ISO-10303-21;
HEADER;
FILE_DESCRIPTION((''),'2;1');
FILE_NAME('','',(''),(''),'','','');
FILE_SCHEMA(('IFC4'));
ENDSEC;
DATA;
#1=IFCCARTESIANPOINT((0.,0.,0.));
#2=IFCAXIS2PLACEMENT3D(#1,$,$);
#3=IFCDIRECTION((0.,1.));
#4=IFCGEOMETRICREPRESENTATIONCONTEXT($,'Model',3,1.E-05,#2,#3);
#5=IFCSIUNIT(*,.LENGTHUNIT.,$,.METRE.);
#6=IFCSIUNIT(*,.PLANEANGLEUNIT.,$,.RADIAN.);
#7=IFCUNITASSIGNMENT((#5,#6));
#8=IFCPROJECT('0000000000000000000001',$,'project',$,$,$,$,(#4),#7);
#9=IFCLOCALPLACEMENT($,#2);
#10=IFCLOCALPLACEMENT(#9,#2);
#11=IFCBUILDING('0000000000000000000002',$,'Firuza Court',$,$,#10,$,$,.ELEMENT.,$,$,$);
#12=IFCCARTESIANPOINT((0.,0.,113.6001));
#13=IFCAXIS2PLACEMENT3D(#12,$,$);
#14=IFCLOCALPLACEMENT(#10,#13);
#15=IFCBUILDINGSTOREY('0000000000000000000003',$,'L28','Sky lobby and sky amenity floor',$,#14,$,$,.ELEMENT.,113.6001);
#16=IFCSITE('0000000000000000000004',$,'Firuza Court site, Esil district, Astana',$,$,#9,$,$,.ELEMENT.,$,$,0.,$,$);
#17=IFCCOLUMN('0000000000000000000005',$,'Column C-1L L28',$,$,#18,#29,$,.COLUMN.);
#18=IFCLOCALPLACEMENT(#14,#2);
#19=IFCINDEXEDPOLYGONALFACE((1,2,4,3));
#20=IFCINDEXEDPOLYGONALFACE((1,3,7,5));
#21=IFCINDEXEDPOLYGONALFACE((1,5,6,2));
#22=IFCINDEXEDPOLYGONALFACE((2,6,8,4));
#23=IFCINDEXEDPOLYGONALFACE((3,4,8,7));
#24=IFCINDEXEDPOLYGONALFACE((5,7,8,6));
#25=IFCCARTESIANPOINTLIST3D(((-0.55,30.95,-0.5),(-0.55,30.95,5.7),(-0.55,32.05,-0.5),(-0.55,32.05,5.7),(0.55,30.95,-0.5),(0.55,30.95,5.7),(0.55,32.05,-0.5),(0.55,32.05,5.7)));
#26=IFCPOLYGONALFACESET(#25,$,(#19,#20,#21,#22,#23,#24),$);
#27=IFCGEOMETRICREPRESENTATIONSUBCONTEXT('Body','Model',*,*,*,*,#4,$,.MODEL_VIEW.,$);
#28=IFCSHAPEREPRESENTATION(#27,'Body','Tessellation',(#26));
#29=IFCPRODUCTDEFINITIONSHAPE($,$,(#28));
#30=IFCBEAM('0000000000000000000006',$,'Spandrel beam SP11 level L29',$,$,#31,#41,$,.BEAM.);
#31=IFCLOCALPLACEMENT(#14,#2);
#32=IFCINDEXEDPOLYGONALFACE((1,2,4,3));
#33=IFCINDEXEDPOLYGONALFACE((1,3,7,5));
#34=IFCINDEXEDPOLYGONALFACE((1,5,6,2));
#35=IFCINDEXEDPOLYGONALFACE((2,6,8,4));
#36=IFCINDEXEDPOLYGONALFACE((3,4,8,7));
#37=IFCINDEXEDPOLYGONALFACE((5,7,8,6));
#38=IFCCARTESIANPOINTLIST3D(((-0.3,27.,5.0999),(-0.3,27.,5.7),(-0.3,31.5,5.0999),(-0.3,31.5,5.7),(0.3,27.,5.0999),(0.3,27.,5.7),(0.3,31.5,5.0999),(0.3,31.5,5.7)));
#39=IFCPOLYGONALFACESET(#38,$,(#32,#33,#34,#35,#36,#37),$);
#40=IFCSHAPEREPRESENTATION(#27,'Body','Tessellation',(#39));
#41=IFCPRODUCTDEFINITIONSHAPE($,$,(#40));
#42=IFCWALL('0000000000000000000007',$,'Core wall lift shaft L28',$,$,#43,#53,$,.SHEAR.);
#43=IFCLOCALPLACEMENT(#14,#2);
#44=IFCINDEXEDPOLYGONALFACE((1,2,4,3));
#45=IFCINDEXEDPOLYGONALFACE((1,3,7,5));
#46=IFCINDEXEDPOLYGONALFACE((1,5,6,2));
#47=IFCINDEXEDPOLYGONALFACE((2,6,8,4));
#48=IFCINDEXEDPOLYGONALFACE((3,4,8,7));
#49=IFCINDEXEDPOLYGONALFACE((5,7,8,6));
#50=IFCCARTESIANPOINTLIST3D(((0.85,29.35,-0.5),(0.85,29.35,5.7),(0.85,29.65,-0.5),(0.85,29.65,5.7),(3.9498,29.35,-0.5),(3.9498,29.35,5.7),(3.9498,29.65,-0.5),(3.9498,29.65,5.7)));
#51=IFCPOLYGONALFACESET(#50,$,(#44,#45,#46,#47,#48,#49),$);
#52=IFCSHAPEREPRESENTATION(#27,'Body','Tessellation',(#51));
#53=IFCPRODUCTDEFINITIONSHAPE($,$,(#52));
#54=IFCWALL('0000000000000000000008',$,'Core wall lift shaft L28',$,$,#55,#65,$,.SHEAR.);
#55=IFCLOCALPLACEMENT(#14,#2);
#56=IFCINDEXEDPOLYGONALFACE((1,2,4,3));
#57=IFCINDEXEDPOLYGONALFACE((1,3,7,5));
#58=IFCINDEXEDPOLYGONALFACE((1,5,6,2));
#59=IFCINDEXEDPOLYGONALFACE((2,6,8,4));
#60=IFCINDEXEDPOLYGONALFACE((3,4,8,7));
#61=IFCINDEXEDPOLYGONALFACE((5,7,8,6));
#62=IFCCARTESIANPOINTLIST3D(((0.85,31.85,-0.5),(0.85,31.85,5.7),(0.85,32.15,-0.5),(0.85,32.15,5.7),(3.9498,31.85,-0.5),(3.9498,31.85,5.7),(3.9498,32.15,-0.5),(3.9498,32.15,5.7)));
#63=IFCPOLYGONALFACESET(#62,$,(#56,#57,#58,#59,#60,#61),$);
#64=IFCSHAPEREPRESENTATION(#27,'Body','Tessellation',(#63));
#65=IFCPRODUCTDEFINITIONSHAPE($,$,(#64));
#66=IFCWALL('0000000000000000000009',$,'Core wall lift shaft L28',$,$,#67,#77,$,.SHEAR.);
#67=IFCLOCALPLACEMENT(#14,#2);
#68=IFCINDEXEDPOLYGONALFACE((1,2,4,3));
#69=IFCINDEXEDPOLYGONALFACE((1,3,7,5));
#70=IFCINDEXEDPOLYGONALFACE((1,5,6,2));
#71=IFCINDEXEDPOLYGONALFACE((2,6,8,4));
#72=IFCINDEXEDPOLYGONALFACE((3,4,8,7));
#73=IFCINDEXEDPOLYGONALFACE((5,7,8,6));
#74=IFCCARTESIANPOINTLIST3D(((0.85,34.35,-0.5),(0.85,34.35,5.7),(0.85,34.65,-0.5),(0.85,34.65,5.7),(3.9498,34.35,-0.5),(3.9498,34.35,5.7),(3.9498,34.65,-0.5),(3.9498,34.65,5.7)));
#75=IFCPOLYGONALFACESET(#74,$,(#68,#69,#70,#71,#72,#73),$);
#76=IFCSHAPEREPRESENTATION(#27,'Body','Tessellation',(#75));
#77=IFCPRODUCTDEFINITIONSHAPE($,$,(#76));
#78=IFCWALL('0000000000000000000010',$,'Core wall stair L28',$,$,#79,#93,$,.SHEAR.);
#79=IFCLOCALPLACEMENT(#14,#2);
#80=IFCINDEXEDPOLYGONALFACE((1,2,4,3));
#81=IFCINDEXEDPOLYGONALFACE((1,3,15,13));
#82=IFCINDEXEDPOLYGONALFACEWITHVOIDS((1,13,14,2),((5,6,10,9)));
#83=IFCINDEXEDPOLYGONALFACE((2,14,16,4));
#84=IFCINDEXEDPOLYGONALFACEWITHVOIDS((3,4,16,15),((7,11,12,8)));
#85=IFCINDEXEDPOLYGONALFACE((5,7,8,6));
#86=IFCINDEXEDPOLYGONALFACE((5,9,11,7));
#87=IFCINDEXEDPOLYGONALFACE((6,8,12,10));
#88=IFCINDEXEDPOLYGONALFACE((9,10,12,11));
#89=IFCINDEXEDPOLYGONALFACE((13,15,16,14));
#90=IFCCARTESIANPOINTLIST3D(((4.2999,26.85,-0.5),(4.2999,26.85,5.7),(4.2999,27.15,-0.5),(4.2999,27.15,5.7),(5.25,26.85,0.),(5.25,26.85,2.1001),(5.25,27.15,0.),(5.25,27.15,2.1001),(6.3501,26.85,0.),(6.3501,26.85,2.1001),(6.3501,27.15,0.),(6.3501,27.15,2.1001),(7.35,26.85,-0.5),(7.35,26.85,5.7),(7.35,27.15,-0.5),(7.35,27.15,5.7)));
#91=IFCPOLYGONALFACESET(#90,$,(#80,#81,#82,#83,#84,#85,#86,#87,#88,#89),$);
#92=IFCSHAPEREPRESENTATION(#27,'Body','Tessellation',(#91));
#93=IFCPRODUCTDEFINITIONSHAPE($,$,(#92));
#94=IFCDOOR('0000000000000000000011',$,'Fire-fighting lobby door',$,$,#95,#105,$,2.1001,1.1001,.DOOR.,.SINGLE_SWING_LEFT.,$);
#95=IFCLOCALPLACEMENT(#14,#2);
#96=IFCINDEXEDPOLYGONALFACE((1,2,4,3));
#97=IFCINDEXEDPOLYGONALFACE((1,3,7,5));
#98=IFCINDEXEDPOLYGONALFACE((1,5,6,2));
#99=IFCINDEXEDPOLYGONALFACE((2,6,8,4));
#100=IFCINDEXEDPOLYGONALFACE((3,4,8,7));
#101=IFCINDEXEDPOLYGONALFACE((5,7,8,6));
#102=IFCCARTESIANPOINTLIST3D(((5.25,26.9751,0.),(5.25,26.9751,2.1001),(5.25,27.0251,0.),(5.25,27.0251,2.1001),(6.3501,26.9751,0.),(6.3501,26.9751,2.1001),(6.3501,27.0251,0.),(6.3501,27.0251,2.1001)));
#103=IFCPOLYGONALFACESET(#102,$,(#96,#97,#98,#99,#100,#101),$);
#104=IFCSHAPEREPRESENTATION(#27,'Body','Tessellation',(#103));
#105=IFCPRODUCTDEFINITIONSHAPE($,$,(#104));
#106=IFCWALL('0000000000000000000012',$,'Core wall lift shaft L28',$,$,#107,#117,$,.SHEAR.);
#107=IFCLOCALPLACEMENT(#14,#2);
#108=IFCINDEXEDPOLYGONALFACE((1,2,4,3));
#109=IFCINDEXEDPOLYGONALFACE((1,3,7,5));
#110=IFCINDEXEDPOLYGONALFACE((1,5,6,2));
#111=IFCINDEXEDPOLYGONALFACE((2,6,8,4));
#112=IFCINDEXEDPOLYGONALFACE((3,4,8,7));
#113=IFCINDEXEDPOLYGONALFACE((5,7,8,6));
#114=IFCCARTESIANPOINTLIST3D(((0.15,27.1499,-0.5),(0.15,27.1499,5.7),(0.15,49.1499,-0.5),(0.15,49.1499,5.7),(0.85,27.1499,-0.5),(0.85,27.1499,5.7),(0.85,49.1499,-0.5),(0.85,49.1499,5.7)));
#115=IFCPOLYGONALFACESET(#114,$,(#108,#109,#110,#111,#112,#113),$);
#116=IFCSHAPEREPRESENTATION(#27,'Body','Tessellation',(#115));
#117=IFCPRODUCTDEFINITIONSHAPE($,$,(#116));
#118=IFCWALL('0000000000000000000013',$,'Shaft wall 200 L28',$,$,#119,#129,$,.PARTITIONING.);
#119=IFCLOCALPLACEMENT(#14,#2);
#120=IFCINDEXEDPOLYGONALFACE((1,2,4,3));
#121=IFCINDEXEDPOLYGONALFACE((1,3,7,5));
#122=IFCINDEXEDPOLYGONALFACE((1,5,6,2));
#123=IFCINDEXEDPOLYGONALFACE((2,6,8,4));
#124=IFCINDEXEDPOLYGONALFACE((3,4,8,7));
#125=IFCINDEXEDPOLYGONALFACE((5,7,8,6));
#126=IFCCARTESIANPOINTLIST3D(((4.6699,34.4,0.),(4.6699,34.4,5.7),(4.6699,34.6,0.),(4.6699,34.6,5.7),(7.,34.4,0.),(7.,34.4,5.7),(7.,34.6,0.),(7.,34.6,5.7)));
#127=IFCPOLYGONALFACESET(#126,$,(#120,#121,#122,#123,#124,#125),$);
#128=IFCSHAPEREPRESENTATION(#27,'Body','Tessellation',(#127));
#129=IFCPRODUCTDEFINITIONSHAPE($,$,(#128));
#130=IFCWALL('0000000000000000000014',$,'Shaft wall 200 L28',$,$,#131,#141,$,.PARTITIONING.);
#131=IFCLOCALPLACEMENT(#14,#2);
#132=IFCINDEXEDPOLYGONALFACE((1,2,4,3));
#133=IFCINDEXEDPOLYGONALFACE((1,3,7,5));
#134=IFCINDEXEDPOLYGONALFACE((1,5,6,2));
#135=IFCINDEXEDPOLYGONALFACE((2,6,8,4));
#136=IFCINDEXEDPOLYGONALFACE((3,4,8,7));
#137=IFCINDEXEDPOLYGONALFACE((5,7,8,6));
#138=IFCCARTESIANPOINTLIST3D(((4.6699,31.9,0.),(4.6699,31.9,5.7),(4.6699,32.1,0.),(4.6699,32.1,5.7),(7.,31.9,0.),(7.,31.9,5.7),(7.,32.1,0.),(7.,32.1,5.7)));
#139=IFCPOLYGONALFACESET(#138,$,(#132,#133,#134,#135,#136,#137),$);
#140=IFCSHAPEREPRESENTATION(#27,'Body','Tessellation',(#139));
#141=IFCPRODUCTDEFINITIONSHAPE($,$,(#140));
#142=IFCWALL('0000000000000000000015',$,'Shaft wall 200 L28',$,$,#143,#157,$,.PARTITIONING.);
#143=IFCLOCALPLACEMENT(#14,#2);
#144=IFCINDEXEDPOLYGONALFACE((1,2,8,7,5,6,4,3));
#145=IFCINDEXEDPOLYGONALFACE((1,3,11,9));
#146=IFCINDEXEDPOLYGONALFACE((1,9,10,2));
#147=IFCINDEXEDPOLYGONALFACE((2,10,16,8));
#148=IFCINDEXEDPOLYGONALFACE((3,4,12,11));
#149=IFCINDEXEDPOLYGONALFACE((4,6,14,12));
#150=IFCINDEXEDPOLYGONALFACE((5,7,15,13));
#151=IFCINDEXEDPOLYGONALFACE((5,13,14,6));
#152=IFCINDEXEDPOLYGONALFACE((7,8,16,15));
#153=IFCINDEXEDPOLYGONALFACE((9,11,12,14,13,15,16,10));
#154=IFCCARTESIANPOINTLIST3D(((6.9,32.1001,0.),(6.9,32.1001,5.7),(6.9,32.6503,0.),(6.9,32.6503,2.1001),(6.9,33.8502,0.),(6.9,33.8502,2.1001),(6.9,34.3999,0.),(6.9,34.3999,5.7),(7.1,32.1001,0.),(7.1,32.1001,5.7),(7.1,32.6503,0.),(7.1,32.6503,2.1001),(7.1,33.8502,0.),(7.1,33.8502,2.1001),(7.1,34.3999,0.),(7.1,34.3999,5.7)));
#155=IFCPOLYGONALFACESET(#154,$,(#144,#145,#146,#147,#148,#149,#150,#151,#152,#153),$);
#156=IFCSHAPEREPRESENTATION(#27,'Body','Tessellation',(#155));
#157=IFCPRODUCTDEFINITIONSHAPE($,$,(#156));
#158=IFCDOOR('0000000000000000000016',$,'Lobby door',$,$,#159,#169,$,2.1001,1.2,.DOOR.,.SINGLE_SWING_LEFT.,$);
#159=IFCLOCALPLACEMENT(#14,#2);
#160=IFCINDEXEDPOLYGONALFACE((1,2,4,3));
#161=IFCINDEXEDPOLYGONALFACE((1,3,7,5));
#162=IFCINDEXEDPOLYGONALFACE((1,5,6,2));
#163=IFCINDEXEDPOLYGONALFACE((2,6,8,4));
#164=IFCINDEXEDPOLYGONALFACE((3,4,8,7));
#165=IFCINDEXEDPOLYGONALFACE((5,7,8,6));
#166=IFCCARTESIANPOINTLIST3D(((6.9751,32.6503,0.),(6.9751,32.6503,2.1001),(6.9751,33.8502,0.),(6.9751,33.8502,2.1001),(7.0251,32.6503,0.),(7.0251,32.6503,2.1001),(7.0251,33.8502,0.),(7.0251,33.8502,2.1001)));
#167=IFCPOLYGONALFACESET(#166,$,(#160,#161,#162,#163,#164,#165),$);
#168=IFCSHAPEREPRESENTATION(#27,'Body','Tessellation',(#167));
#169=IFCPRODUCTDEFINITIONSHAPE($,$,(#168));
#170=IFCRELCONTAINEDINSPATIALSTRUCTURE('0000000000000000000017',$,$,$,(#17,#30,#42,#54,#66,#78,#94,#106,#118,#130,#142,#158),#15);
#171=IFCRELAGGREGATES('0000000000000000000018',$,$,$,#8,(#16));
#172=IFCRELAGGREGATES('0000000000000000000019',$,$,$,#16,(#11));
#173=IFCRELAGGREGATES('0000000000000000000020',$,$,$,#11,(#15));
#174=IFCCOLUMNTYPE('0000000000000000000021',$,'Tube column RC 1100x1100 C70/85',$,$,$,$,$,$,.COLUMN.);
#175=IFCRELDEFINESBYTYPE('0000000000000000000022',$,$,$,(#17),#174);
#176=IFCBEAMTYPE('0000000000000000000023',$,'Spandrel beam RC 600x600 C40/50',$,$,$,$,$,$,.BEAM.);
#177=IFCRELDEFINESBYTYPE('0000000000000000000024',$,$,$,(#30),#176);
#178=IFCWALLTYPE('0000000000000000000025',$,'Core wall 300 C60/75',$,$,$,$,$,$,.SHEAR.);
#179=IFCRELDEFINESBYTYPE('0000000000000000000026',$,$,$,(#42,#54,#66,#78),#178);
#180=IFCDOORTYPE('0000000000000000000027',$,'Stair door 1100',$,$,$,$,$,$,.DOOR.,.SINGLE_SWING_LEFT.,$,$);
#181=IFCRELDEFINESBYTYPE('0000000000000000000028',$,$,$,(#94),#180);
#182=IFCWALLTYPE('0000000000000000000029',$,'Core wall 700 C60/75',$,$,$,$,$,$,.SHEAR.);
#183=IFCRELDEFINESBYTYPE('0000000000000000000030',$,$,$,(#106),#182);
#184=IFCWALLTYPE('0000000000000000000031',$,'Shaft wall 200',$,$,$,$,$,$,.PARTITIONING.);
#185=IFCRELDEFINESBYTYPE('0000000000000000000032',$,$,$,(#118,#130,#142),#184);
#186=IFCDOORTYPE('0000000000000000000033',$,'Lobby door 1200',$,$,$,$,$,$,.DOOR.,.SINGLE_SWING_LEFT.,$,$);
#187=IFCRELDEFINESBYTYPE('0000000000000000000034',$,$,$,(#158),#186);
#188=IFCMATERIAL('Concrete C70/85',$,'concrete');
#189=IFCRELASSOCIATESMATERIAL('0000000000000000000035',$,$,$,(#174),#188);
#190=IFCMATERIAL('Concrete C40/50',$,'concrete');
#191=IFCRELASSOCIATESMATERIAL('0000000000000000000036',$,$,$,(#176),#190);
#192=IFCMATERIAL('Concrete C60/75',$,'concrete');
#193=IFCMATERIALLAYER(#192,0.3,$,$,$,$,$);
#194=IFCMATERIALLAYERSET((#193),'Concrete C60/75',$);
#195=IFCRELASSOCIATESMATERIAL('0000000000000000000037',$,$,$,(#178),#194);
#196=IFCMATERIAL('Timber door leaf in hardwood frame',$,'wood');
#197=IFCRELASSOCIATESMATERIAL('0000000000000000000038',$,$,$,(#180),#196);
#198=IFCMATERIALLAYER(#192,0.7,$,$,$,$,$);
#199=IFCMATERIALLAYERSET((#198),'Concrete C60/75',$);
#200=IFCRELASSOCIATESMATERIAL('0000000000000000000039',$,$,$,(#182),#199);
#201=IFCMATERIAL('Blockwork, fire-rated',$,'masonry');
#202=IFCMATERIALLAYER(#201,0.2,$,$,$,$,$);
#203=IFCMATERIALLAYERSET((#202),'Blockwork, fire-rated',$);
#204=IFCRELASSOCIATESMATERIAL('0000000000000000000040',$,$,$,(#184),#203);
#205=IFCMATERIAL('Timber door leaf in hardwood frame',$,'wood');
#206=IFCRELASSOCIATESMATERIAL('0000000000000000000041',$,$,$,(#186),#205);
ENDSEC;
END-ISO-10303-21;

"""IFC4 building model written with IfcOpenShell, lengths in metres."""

from ifc_helpers import new_model, si_unit, direction, frame, frame_2d, origin, origin_2d, place, context, subcontext, project, spatial, rectangle, extrude, material, layer, layer_set, material_profile, profile_set, type_object, element, fill, save


model = new_model("IFC4")

# Units and contexts
model_context = context("Model", 3, precision=1e-05, world=origin(), true_north=direction((0.0, 1.0)))
body_context = subcontext(model_context, "Body", "Model", "MODEL_VIEW")
ifc_project = project(units=[si_unit("LENGTHUNIT", "METRE"), si_unit("PLANEANGLEUNIT", "RADIAN")], contexts=[model_context])

# Site, building, storey
site_placement = place(None, origin())
site = spatial("IfcSite", under=ifc_project, at=site_placement, Name="Firuza Court site, Esil district, Astana", CompositionType="ELEMENT", RefElevation=0.0)
building_placement = place(site_placement, origin())
building = spatial("IfcBuilding", under=site, at=building_placement, Name="Firuza Court", CompositionType="ELEMENT")
storey_placement = place(building_placement, frame((0.0, 0.0, 113.6001)))
storey = spatial("IfcBuildingStorey", under=building, at=storey_placement, Name="L28", Description="Sky lobby and sky amenity floor", CompositionType="ELEMENT", Elevation=113.6001)

# Column
ifc_material_1 = material(Name="Concrete C70/85", Category="concrete")
ifc_material_profile_1 = material_profile(ifc_material_1, rectangle(XDim=1.1001, YDim=1.1001, at=origin_2d()), Name="RC 1100x1100")
ifc_profile_set_1 = profile_set([ifc_material_profile_1], Name="Concrete C70/85")
column_type = type_object("IfcColumnType", Name="Tube column RC 1100x1100 C70/85", PredefinedType="COLUMN", material=ifc_profile_set_1)
column_placement = place(storey_placement, frame((0.0, 31.5, -0.5), z_axis=(0.0, 0.0, 1.0), x_axis=(1.0, 0.0, 0.0)))
element("IfcColumn", 1, at=column_placement, inside=storey, type_object=column_type, Name="Column C-1L L28", PredefinedType="COLUMN", context=body_context, shape_type="SweptSolid", body=[
    extrude(rectangle(XDim=1.1001, YDim=1.1001, at=origin_2d()), origin(), (0.0, 0.0, 1.0), 6.2),
])

# Beam
ifc_material_2 = material(Name="Concrete C40/50", Category="concrete")
ifc_material_profile_2 = material_profile(ifc_material_2, rectangle(XDim=0.6001, YDim=0.6001, at=origin_2d()), Name="RC 600x600")
ifc_profile_set_2 = profile_set([ifc_material_profile_2], Name="Concrete C40/50")
beam_type = type_object("IfcBeamType", Name="Spandrel beam RC 600x600 C40/50", PredefinedType="BEAM", material=ifc_profile_set_2)
beam_placement = place(storey_placement, frame((0.0, 31.5, 5.3999), z_axis=(0.0, -1.0, 0.0), x_axis=(1.0, 0.0, 0.0)))
element("IfcBeam", 2, at=beam_placement, inside=storey, type_object=beam_type, Name="Spandrel beam SP11 level L29", PredefinedType="BEAM", context=body_context, shape_type="SweptSolid", body=[
    extrude(rectangle(XDim=0.6001, YDim=0.6001, at=origin_2d()), origin(), (0.0, 0.0, 1.0), 4.5),
])

# Walls
ifc_material_3 = material(Name="Concrete C60/75", Category="concrete")
ifc_layer_1 = layer(ifc_material_3, 0.3)
ifc_layer_set_1 = layer_set([ifc_layer_1], Name="Concrete C60/75")
wall_type_1 = type_object("IfcWallType", Name="Core wall 300 C60/75", PredefinedType="SHEAR", material=ifc_layer_set_1)
for number, where, z_axis, x_axis, name in (
    (3, (0.8501, 29.5, -0.5), (0.0, 0.0, 1.0), (1.0, 0.0, 0.0), "Core wall lift shaft L28"),
    (4, (0.8501, 32.0, -0.5), (0.0, 0.0, 1.0), (1.0, 0.0, 0.0), "Core wall lift shaft L28"),
    (5, (0.8501, 34.5, -0.5), (0.0, 0.0, 1.0), (1.0, 0.0, 0.0), "Core wall lift shaft L28"),
):
    element("IfcWall", number, at=place(storey_placement, frame(where, z_axis=z_axis, x_axis=x_axis)), inside=storey, type_object=wall_type_1, Name=name, PredefinedType="SHEAR", context=body_context, shape_type="SweptSolid", body=[
        extrude(rectangle(XDim=3.0999, YDim=0.3, at=frame_2d((1.5498, 0.0))), origin(), (0.0, 0.0, 1.0), 6.2),
    ])

# Wall, opening, door
wall_1_placement = place(storey_placement, frame((4.3, 27.0, -0.5), z_axis=(0.0, 0.0, 1.0), x_axis=(1.0, 0.0, 0.0)))
wall_1 = element("IfcWall", 6, at=wall_1_placement, inside=storey, type_object=wall_type_1, Name="Core wall stair L28", PredefinedType="SHEAR", context=body_context, shape_type="SweptSolid", body=[
    extrude(rectangle(XDim=3.05, YDim=0.3, at=frame_2d((1.5249, 0.0))), origin(), (0.0, 0.0, 1.0), 6.2),
])
opening_1_placement = place(wall_1_placement, frame((0.95, 0.0, 0.5)))
opening_1 = element("IfcOpeningElement", 7, at=opening_1_placement, cuts=wall_1, PredefinedType="OPENING", context=body_context, shape_type="SweptSolid", body=[
    extrude(rectangle(XDim=1.1001, YDim=2.1001, at=frame_2d((0.55, 1.05))), frame((0.0, 0.1621, 0.0), z_axis=(0.0, -1.0, 0.0), x_axis=(1.0, 0.0, 0.0)), (0.0, 0.0, 1.0), 0.324),
])
ifc_material_4 = material(Name="Timber door leaf in hardwood frame", Category="wood")
door_type_1 = type_object("IfcDoorType", Name="Stair door 1100", OperationType="SINGLE_SWING_LEFT", PredefinedType="DOOR", material=ifc_material_4)
door_1_placement = place(opening_1_placement, frame((1.1001, 0.0, 0.0), z_axis=(0.0, 0.0, 1.0), x_axis=(-1.0, 0.0, 0.0)))
door_1 = element("IfcDoor", 8, at=door_1_placement, inside=storey, type_object=door_type_1, Name="Fire-fighting lobby door", OperationType="SINGLE_SWING_LEFT", OverallHeight=2.1001, OverallWidth=1.1001, PredefinedType="DOOR", context=body_context, shape_type="SweptSolid", body=[
    extrude(rectangle(XDim=1.1001, YDim=2.1001, at=frame_2d((0.55, 1.05))), frame((0.0, 0.0249, 0.0), z_axis=(0.0, -1.0, 0.0), x_axis=(1.0, 0.0, 0.0)), (0.0, 0.0, 1.0), 0.05),
])
fill(opening_1, door_1)

# Wall
ifc_layer_2 = layer(ifc_material_3, 0.7)
ifc_layer_set_2 = layer_set([ifc_layer_2], Name="Concrete C60/75")
wall_type_2 = type_object("IfcWallType", Name="Core wall 700 C60/75", PredefinedType="SHEAR", material=ifc_layer_set_2)
wall_2_placement = place(storey_placement, frame((0.5, 27.1499, -0.5), z_axis=(0.0, 0.0, 1.0), x_axis=(0.0, 1.0, 0.0)))
element("IfcWall", 9, at=wall_2_placement, inside=storey, type_object=wall_type_2, Name="Core wall lift shaft L28", PredefinedType="SHEAR", context=body_context, shape_type="SweptSolid", body=[
    extrude(rectangle(XDim=22.0, YDim=0.7, at=frame_2d((11.0, 0.0))), origin(), (0.0, 0.0, 1.0), 6.2),
])

# Walls
ifc_material_5 = material(Name="Blockwork, fire-rated", Category="masonry")
ifc_layer_3 = layer(ifc_material_5, 0.2)
ifc_layer_set_3 = layer_set([ifc_layer_3], Name="Blockwork, fire-rated")
wall_type_3 = type_object("IfcWallType", Name="Shaft wall 200", PredefinedType="PARTITIONING", material=ifc_layer_set_3)
for number, where, z_axis, x_axis, name in (
    (10, (4.6699, 34.5, 0.0), (0.0, 0.0, 1.0), (1.0, 0.0, 0.0), "Shaft wall 200 L28"),
    (11, (4.6699, 32.0, 0.0), (0.0, 0.0, 1.0), (1.0, 0.0, 0.0), "Shaft wall 200 L28"),
):
    element("IfcWall", number, at=place(storey_placement, frame(where, z_axis=z_axis, x_axis=x_axis)), inside=storey, type_object=wall_type_3, Name=name, PredefinedType="PARTITIONING", context=body_context, shape_type="SweptSolid", body=[
        extrude(rectangle(XDim=2.3301, YDim=0.2, at=frame_2d((1.165, 0.0))), origin(), (0.0, 0.0, 1.0), 5.7),
    ])

# Wall, opening, door
wall_3_placement = place(storey_placement, frame((7.0, 32.1001, 0.0), z_axis=(0.0, 0.0, 1.0), x_axis=(0.0, 1.0, 0.0)))
wall_3 = element("IfcWall", 12, at=wall_3_placement, inside=storey, type_object=wall_type_3, Name="Shaft wall 200 L28", PredefinedType="PARTITIONING", context=body_context, shape_type="SweptSolid", body=[
    extrude(rectangle(XDim=2.2998, YDim=0.2, at=frame_2d((1.1499, 0.0))), origin(), (0.0, 0.0, 1.0), 5.7),
])
opening_2_placement = place(wall_3_placement, frame((0.55, 0.0, 0.0)))
opening_2 = element("IfcOpeningElement", 13, at=opening_2_placement, cuts=wall_3, PredefinedType="OPENING", context=body_context, shape_type="SweptSolid", body=[
    extrude(rectangle(XDim=1.2, YDim=2.1001, at=frame_2d((0.6001, 1.05))), frame((0.0, 0.1118, 0.0), z_axis=(0.0, -1.0, 0.0), x_axis=(1.0, 0.0, 0.0)), (0.0, 0.0, 1.0), 0.2239),
])
ifc_material_6 = material(Name="Timber door leaf in hardwood frame", Category="wood")
door_type_2 = type_object("IfcDoorType", Name="Lobby door 1200", OperationType="SINGLE_SWING_LEFT", PredefinedType="DOOR", material=ifc_material_6)
door_2_placement = place(opening_2_placement, origin())
door_2 = element("IfcDoor", 14, at=door_2_placement, inside=storey, type_object=door_type_2, Name="Lobby door", OperationType="SINGLE_SWING_LEFT", OverallHeight=2.1001, OverallWidth=1.2, PredefinedType="DOOR", context=body_context, shape_type="SweptSolid", body=[
    extrude(rectangle(XDim=1.2, YDim=2.1001, at=frame_2d((0.6001, 1.05))), frame((0.0, 0.0249, 0.0), z_axis=(0.0, -1.0, 0.0), x_axis=(1.0, 0.0, 0.0)), (0.0, 0.0, 1.0), 0.05),
])
fill(opening_2, door_2)

save(model, "model.ifc")
